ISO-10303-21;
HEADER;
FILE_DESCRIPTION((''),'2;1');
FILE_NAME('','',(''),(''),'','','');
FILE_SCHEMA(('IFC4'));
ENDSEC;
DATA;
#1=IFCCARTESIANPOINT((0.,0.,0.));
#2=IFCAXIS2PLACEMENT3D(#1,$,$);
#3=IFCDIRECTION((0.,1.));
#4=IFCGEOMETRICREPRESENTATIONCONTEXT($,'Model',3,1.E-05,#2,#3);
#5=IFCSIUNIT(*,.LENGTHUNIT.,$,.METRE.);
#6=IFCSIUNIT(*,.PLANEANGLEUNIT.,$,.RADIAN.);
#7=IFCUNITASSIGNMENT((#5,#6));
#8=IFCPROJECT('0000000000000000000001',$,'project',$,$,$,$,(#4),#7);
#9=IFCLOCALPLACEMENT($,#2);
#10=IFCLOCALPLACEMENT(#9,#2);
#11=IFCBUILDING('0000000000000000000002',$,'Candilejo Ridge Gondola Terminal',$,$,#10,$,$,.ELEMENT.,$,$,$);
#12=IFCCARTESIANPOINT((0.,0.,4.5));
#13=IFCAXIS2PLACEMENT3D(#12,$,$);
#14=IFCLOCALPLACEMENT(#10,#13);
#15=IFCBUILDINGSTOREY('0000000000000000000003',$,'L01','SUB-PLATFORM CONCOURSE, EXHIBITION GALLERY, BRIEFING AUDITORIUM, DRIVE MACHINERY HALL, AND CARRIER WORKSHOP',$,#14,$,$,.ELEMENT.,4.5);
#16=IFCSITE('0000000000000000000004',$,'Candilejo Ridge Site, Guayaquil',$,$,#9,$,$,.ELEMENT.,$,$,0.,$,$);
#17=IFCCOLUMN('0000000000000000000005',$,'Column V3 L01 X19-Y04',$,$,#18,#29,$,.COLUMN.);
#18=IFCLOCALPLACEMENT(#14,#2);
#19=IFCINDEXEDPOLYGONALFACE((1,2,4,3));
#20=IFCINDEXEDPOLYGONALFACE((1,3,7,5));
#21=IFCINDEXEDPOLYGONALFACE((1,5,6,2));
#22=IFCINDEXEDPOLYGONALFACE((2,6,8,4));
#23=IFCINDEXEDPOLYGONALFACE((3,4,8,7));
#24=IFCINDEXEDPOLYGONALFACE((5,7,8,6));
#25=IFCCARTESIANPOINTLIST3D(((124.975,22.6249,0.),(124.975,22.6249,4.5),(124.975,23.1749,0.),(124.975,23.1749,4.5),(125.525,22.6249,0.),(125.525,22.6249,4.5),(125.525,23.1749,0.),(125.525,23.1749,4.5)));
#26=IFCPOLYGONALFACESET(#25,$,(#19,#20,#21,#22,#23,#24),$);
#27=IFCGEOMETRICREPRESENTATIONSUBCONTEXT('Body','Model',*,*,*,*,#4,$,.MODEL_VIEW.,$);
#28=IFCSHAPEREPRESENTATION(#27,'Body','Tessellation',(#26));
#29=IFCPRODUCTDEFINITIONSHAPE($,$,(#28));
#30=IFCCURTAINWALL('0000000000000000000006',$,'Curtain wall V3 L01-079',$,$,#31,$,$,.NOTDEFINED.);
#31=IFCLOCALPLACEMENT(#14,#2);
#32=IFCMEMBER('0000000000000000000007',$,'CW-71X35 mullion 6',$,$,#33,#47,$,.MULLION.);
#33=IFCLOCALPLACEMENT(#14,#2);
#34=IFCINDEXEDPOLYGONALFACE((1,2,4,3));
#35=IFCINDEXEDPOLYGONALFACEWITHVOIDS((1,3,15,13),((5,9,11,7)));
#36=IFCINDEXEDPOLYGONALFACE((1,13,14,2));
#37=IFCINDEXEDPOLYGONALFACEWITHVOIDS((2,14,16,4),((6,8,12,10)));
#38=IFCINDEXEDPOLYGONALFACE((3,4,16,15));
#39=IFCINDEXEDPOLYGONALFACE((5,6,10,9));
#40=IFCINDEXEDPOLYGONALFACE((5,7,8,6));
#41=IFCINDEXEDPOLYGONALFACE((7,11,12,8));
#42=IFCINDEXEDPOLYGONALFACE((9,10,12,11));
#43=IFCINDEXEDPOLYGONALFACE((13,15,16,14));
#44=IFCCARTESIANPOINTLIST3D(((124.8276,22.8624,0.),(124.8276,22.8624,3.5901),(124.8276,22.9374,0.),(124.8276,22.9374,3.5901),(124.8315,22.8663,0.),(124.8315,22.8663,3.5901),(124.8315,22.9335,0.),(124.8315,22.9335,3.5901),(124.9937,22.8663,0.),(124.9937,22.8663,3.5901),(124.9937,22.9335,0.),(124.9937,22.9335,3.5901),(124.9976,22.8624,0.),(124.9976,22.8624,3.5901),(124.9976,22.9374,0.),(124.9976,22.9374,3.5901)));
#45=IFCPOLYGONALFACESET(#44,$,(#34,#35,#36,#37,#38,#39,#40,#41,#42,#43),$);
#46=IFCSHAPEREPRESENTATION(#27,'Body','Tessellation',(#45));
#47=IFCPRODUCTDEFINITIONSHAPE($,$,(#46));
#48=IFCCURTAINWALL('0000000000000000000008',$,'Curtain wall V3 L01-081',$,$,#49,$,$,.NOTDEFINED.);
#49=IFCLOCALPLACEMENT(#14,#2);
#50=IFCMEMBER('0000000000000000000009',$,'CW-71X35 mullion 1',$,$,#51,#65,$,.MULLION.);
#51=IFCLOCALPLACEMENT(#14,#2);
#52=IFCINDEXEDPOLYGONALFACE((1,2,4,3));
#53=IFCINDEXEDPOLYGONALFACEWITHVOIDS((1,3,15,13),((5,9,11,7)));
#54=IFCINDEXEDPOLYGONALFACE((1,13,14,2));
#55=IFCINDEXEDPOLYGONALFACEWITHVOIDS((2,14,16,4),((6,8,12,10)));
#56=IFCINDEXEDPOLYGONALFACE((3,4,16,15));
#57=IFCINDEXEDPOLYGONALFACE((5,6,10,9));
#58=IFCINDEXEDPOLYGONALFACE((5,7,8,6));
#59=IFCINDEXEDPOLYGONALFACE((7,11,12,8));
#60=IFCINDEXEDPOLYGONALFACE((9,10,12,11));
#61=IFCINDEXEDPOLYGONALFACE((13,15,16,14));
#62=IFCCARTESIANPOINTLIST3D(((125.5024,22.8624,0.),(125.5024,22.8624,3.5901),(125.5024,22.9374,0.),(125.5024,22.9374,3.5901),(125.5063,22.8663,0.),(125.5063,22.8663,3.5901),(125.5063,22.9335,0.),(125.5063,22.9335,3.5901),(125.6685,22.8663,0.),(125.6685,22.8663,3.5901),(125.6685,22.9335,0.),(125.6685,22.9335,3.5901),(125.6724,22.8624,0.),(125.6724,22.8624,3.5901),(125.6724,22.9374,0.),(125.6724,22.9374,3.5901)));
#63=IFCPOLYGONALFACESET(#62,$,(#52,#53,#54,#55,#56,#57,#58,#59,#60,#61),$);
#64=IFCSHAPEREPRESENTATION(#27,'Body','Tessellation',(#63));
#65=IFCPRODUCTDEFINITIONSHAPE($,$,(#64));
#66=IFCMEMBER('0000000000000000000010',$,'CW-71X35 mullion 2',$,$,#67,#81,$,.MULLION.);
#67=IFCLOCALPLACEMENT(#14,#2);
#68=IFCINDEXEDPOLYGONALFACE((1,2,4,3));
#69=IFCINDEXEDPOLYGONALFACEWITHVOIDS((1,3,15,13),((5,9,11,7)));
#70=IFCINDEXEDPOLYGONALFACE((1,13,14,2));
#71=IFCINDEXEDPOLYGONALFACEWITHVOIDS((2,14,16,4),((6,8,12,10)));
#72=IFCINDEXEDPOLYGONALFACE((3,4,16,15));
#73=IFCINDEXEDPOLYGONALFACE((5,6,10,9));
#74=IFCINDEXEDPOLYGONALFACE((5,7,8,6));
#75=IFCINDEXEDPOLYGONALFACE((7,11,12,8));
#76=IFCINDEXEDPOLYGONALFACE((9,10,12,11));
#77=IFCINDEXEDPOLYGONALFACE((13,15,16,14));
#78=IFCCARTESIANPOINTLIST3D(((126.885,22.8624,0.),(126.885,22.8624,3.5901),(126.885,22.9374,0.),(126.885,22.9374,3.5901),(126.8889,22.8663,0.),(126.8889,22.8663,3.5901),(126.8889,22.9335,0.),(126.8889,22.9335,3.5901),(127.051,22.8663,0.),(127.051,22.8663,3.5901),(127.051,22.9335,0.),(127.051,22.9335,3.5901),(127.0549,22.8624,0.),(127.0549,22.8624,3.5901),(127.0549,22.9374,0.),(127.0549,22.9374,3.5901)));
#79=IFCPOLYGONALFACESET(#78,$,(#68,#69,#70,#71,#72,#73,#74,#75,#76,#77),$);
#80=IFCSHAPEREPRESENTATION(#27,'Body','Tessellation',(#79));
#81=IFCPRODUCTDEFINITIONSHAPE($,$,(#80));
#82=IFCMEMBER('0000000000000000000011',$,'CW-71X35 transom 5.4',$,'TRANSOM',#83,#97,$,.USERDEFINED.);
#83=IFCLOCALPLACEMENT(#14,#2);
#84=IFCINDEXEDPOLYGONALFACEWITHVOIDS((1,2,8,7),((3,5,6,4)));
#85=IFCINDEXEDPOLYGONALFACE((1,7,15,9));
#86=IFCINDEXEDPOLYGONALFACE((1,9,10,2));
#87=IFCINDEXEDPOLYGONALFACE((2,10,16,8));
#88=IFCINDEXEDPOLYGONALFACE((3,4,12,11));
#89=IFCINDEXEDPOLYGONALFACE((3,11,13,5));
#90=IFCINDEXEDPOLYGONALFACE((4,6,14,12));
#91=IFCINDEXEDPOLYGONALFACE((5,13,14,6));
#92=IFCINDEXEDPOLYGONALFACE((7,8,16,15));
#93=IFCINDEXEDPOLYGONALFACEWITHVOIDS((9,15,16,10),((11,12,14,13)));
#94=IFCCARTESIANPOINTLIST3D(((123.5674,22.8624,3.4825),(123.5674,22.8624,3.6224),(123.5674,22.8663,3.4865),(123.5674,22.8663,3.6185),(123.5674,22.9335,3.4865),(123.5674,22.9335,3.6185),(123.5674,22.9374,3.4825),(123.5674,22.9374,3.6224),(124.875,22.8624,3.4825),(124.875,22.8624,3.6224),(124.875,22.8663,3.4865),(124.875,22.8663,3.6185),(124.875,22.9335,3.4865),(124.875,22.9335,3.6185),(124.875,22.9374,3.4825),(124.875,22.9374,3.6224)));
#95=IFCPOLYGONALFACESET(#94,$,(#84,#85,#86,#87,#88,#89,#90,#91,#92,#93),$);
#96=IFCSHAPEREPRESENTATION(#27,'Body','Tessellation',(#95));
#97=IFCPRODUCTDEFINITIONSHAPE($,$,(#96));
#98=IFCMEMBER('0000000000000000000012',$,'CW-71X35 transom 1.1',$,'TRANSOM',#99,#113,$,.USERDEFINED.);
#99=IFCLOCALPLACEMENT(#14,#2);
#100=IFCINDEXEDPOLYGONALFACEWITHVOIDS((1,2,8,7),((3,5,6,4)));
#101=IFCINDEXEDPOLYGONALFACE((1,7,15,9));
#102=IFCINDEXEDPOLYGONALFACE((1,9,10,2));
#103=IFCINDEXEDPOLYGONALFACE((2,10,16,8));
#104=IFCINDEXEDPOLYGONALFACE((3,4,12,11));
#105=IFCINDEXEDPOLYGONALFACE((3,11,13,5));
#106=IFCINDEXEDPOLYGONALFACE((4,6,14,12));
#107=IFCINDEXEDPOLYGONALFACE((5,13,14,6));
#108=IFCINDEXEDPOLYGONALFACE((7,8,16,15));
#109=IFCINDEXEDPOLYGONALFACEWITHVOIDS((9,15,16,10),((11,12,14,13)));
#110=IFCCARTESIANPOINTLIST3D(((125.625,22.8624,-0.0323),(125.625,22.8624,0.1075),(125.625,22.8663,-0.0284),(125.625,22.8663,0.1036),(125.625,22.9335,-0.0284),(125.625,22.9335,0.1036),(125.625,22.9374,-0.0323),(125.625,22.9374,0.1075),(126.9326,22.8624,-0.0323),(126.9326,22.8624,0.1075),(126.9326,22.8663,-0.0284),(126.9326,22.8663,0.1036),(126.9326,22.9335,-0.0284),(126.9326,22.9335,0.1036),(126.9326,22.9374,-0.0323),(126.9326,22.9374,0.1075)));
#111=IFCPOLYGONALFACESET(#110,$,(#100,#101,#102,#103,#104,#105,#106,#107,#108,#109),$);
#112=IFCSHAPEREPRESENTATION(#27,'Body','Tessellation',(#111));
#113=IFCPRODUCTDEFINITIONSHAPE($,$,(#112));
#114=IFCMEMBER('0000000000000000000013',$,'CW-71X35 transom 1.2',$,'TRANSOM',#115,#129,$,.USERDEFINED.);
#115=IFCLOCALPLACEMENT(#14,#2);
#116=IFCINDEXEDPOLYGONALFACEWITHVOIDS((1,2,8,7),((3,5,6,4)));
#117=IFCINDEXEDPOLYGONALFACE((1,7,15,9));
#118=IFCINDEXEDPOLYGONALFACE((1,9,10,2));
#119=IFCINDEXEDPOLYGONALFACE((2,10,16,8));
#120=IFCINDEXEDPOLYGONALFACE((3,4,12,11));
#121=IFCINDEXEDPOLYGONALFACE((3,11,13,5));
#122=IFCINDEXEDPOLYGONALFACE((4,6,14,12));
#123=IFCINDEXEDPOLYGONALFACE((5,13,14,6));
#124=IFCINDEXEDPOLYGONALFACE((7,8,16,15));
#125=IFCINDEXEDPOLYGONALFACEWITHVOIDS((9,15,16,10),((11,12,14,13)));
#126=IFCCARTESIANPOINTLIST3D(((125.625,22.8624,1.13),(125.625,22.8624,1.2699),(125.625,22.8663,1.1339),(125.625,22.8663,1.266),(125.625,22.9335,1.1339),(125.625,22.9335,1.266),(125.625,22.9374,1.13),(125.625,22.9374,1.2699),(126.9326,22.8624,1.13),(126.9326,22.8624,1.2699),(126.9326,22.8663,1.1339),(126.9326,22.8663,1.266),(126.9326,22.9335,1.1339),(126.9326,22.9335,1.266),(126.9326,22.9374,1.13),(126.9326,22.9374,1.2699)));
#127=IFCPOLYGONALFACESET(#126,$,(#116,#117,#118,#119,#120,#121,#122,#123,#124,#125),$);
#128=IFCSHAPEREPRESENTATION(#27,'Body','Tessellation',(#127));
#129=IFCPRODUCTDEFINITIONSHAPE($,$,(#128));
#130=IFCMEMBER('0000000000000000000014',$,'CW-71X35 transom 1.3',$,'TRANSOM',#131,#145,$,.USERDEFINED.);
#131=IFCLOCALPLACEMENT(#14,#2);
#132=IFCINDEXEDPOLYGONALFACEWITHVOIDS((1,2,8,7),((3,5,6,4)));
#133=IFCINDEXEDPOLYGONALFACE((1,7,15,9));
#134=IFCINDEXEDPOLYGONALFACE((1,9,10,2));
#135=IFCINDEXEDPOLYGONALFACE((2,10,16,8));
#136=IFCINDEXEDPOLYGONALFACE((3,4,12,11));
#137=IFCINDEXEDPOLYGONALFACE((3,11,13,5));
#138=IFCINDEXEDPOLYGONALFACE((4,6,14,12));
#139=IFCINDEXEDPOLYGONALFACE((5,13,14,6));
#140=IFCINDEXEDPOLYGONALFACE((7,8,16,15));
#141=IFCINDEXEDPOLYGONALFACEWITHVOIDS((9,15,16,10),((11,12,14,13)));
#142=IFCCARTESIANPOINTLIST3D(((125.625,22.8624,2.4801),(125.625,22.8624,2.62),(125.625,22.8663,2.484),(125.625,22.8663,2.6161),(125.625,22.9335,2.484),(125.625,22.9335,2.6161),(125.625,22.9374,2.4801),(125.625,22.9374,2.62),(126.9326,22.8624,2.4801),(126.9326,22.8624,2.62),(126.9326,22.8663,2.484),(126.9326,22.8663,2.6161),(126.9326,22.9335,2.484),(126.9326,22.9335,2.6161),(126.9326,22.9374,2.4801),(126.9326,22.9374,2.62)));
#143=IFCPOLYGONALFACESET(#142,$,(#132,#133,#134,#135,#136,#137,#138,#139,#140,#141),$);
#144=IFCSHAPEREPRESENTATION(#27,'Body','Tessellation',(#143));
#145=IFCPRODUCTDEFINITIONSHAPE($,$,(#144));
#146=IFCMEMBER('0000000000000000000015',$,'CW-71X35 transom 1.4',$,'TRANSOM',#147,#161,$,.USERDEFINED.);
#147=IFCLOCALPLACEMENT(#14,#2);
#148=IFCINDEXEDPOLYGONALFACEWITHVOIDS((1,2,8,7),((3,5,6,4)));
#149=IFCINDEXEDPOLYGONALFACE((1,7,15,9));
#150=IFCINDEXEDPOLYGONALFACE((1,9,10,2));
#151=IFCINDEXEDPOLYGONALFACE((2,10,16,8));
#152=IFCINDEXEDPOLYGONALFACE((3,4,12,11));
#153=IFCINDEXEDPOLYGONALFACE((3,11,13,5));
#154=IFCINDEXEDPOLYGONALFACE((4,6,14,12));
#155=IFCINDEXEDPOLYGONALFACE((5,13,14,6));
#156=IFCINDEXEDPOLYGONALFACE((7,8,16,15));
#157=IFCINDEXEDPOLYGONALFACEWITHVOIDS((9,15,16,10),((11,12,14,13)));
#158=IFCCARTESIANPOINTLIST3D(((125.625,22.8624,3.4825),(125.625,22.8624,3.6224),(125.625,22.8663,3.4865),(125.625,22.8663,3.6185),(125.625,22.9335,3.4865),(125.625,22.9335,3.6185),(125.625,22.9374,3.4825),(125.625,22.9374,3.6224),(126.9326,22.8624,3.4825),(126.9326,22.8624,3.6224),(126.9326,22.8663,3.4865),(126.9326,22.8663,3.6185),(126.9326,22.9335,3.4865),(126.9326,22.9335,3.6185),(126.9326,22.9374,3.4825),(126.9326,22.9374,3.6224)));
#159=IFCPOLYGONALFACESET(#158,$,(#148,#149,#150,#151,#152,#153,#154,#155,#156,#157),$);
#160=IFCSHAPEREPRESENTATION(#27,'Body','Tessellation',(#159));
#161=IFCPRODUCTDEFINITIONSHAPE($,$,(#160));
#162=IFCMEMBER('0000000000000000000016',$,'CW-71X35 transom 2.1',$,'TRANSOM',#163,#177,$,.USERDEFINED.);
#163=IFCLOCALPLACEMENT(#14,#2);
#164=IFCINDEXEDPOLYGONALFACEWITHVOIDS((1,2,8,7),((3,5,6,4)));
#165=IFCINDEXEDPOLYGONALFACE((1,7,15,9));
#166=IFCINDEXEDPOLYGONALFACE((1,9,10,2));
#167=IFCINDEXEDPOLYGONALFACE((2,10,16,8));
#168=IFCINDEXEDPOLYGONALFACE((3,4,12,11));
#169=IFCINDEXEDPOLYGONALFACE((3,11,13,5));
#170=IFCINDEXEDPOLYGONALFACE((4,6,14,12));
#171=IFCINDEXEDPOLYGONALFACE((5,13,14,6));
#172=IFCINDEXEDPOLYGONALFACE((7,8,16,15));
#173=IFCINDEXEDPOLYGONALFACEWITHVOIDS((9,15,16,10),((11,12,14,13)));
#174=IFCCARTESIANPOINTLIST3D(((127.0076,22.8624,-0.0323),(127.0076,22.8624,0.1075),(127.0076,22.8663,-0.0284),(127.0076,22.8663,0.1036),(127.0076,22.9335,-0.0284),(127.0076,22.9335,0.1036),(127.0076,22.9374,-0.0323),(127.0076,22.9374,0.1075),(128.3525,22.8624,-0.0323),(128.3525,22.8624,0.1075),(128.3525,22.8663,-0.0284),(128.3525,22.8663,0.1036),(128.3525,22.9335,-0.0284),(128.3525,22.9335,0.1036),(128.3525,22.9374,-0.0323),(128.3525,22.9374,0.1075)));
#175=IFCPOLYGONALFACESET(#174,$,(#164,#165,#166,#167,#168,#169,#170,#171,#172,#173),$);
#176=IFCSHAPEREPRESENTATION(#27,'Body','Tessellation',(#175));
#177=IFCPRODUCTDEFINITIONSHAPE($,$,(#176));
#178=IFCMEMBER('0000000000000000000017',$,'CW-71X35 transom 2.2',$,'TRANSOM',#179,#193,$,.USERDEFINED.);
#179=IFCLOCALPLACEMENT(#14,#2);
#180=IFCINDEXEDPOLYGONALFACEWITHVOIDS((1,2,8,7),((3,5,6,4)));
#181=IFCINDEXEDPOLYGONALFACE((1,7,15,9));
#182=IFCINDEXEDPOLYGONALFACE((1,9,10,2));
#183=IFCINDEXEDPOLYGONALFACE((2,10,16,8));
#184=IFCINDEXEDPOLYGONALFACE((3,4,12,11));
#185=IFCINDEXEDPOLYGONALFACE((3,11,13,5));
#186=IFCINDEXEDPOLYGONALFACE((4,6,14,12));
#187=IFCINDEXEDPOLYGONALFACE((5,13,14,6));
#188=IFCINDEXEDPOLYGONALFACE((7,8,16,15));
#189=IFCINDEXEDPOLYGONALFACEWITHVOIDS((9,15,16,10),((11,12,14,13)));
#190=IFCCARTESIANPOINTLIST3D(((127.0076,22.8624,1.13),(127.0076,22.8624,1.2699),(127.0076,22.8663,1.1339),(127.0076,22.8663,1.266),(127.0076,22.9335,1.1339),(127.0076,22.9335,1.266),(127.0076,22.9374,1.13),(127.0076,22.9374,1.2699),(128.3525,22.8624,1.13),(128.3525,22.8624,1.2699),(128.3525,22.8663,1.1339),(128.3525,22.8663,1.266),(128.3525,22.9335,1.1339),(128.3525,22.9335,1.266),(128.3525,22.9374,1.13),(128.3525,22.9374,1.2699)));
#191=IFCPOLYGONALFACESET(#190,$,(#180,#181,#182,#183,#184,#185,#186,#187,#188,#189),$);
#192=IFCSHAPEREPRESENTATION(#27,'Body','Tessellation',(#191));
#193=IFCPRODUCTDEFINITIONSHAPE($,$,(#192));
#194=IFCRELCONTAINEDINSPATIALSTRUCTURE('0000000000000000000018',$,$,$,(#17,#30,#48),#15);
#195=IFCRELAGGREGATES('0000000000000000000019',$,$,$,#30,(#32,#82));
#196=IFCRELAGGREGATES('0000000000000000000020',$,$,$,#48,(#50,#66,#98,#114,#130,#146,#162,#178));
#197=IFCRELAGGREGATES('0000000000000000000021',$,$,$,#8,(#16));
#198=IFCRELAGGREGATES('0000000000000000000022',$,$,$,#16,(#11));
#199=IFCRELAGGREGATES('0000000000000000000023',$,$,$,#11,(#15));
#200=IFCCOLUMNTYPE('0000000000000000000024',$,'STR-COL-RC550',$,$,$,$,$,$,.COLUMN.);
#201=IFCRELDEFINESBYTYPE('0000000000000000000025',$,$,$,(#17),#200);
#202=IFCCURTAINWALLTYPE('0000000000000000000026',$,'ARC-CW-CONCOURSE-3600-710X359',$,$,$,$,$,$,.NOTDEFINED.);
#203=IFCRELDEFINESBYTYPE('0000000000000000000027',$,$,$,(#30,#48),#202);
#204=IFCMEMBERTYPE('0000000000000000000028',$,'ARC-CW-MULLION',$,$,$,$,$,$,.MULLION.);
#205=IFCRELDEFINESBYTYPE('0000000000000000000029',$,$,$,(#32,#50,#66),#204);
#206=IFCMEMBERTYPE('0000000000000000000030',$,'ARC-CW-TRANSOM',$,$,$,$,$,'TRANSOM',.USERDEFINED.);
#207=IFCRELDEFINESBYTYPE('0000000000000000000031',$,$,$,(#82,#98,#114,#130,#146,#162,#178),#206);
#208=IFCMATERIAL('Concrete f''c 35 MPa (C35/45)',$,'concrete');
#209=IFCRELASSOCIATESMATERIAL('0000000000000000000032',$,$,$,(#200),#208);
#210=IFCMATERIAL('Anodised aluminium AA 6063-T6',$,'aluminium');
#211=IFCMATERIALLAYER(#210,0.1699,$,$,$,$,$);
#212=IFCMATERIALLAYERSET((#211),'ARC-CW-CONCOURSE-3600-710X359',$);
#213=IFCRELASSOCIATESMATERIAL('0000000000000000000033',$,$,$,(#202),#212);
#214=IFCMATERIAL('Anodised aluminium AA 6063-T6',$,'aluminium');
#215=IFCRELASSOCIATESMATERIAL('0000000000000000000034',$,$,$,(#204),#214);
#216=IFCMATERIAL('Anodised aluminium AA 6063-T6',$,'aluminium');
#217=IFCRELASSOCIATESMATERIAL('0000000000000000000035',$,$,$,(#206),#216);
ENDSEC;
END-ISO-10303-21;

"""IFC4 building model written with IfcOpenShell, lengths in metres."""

from ifc_helpers import new_model, si_unit, direction, frame, origin, origin_2d, place, context, subcontext, project, spatial, rectangle, hollow_rectangle, extrude, material, layer, layer_set, material_profile, profile_set, type_object, element, aggregate, save


model = new_model("IFC4")

# Units and contexts
model_context = context("Model", 3, precision=1e-05, world=origin(), true_north=direction((0.0, 1.0)))
body_context = subcontext(model_context, "Body", "Model", "MODEL_VIEW")
ifc_project = project(units=[si_unit("LENGTHUNIT", "METRE"), si_unit("PLANEANGLEUNIT", "RADIAN")], contexts=[model_context])

# Site, building, storey
site_placement = place(None, origin())
site = spatial("IfcSite", under=ifc_project, at=site_placement, Name="Candilejo Ridge Site, Guayaquil", CompositionType="ELEMENT", RefElevation=0.0)
building_placement = place(site_placement, origin())
building = spatial("IfcBuilding", under=site, at=building_placement, Name="Candilejo Ridge Gondola Terminal", CompositionType="ELEMENT")
storey_placement = place(building_placement, frame((0.0, 0.0, 4.5)))
storey = spatial("IfcBuildingStorey", under=building, at=storey_placement, Name="L01", Description="SUB-PLATFORM CONCOURSE, EXHIBITION GALLERY, BRIEFING AUDITORIUM, DRIVE MACHINERY HALL, AND CARRIER WORKSHOP", CompositionType="ELEMENT", Elevation=4.5)

# Column
ifc_material_1 = material(Name="Concrete f'c 35 MPa (C35/45)", Category="concrete")
ifc_material_profile_1 = material_profile(ifc_material_1, rectangle(XDim=0.55, YDim=0.55, at=origin_2d()))
ifc_profile_set_1 = profile_set([ifc_material_profile_1], Name="Concrete f'c 35 MPa (C35/45)")
column_type = type_object("IfcColumnType", Name="STR-COL-RC550", PredefinedType="COLUMN", material=ifc_profile_set_1)
column_placement = place(storey_placement, frame((125.25, 22.8999, 0.0), z_axis=(0.0, 0.0, 1.0), x_axis=(1.0, 0.0, 0.0)))
element("IfcColumn", 1, at=column_placement, inside=storey, type_object=column_type, Name="Column V3 L01 X19-Y04", PredefinedType="COLUMN", context=body_context, shape_type="SweptSolid", body=[
    extrude(rectangle(XDim=0.55, YDim=0.55, at=origin_2d()), origin(), (0.0, 0.0, 1.0), 4.5),
])

# Curtain wall, member
ifc_material_2 = material(Name="Anodised aluminium AA 6063-T6", Category="aluminium")
ifc_layer_1 = layer(ifc_material_2, 0.1699)
ifc_layer_set_1 = layer_set([ifc_layer_1], Name="ARC-CW-CONCOURSE-3600-710X359")
curtain_wall_type = type_object("IfcCurtainWallType", Name="ARC-CW-CONCOURSE-3600-710X359", PredefinedType="NOTDEFINED", material=ifc_layer_set_1)
curtain_wall_1_placement = place(storey_placement, origin())
curtain_wall_1 = element("IfcCurtainWall", 2, at=curtain_wall_1_placement, inside=storey, type_object=curtain_wall_type, Name="Curtain wall V3 L01-079", PredefinedType="NOTDEFINED")
ifc_material_3 = material(Name="Anodised aluminium AA 6063-T6", Category="aluminium")
ifc_material_profile_2 = material_profile(ifc_material_3, hollow_rectangle(XDim=0.075, YDim=0.1699, WallThickness=0.0039, at=origin_2d()))
ifc_profile_set_2 = profile_set([ifc_material_profile_2], Name="Anodised aluminium AA 6063-T6")
member_type_1 = type_object("IfcMemberType", Name="ARC-CW-MULLION", PredefinedType="MULLION", material=ifc_profile_set_2)
member_1_placement = place(storey_placement, frame((124.9126, 22.8999, 0.0), z_axis=(0.0, 0.0, 1.0), x_axis=(0.0, 1.0, 0.0)))
member_1 = element("IfcMember", 3, at=member_1_placement, type_object=member_type_1, Name="CW-71X35 mullion 6", PredefinedType="MULLION", context=body_context, shape_type="SweptSolid", body=[
    extrude(hollow_rectangle(XDim=0.075, YDim=0.1699, WallThickness=0.0039, at=origin_2d()), origin(), (0.0, 0.0, 1.0), 3.5901),
])

# Curtain wall, members
curtain_wall_2_placement = place(storey_placement, origin())
curtain_wall_2 = element("IfcCurtainWall", 4, at=curtain_wall_2_placement, inside=storey, type_object=curtain_wall_type, Name="Curtain wall V3 L01-081", PredefinedType="NOTDEFINED")
member_2_placement = place(storey_placement, frame((125.5874, 22.8999, 0.0), z_axis=(0.0, 0.0, 1.0), x_axis=(0.0, 1.0, 0.0)))
member_2 = element("IfcMember", 5, at=member_2_placement, type_object=member_type_1, Name="CW-71X35 mullion 1", PredefinedType="MULLION", context=body_context, shape_type="SweptSolid", body=[
    extrude(hollow_rectangle(XDim=0.075, YDim=0.1699, WallThickness=0.0039, at=origin_2d()), origin(), (0.0, 0.0, 1.0), 3.5901),
])
member_3_placement = place(storey_placement, frame((126.97, 22.8999, 0.0), z_axis=(0.0, 0.0, 1.0), x_axis=(0.0, 1.0, 0.0)))
member_3 = element("IfcMember", 6, at=member_3_placement, type_object=member_type_1, Name="CW-71X35 mullion 2", PredefinedType="MULLION", context=body_context, shape_type="SweptSolid", body=[
    extrude(hollow_rectangle(XDim=0.075, YDim=0.1699, WallThickness=0.0039, at=origin_2d()), origin(), (0.0, 0.0, 1.0), 3.5901),
])

# Members
ifc_material_4 = material(Name="Anodised aluminium AA 6063-T6", Category="aluminium")
ifc_material_profile_3 = material_profile(ifc_material_4, hollow_rectangle(XDim=0.075, YDim=0.1399, WallThickness=0.0039, at=origin_2d()))
ifc_profile_set_3 = profile_set([ifc_material_profile_3], Name="Anodised aluminium AA 6063-T6")
member_type_2 = type_object("IfcMemberType", Name="ARC-CW-TRANSOM", ElementType="TRANSOM", PredefinedType="USERDEFINED", material=ifc_profile_set_3)
member_4_placement = place(storey_placement, frame((123.5674, 22.8999, 3.5525), z_axis=(1.0, 0.0, 0.0), x_axis=(0.0, 1.0, 0.0)))
member_4 = element("IfcMember", 7, at=member_4_placement, type_object=member_type_2, Name="CW-71X35 transom 5.4", ObjectType="TRANSOM", PredefinedType="USERDEFINED", context=body_context, shape_type="SweptSolid", body=[
    extrude(hollow_rectangle(XDim=0.075, YDim=0.1399, WallThickness=0.0039, at=origin_2d()), origin(), (0.0, 0.0, 1.0), 1.3076),
])
member_5_placement = place(storey_placement, frame((125.625, 22.8999, 0.0376), z_axis=(1.0, 0.0, 0.0), x_axis=(0.0, 1.0, 0.0)))
member_5 = element("IfcMember", 8, at=member_5_placement, type_object=member_type_2, Name="CW-71X35 transom 1.1", ObjectType="TRANSOM", PredefinedType="USERDEFINED", context=body_context, shape_type="SweptSolid", body=[
    extrude(hollow_rectangle(XDim=0.075, YDim=0.1399, WallThickness=0.0039, at=origin_2d()), origin(), (0.0, 0.0, 1.0), 1.3076),
])
member_6_placement = place(storey_placement, frame((125.625, 22.8999, 1.2), z_axis=(1.0, 0.0, 0.0), x_axis=(0.0, 1.0, 0.0)))
member_6 = element("IfcMember", 9, at=member_6_placement, type_object=member_type_2, Name="CW-71X35 transom 1.2", ObjectType="TRANSOM", PredefinedType="USERDEFINED", context=body_context, shape_type="SweptSolid", body=[
    extrude(hollow_rectangle(XDim=0.075, YDim=0.1399, WallThickness=0.0039, at=origin_2d()), origin(), (0.0, 0.0, 1.0), 1.3076),
])
member_7_placement = place(storey_placement, frame((125.625, 22.8999, 2.55), z_axis=(1.0, 0.0, 0.0), x_axis=(0.0, 1.0, 0.0)))
member_7 = element("IfcMember", 10, at=member_7_placement, type_object=member_type_2, Name="CW-71X35 transom 1.3", ObjectType="TRANSOM", PredefinedType="USERDEFINED", context=body_context, shape_type="SweptSolid", body=[
    extrude(hollow_rectangle(XDim=0.075, YDim=0.1399, WallThickness=0.0039, at=origin_2d()), origin(), (0.0, 0.0, 1.0), 1.3076),
])
member_8_placement = place(storey_placement, frame((125.625, 22.8999, 3.5525), z_axis=(1.0, 0.0, 0.0), x_axis=(0.0, 1.0, 0.0)))
member_8 = element("IfcMember", 11, at=member_8_placement, type_object=member_type_2, Name="CW-71X35 transom 1.4", ObjectType="TRANSOM", PredefinedType="USERDEFINED", context=body_context, shape_type="SweptSolid", body=[
    extrude(hollow_rectangle(XDim=0.075, YDim=0.1399, WallThickness=0.0039, at=origin_2d()), origin(), (0.0, 0.0, 1.0), 1.3076),
])
member_9_placement = place(storey_placement, frame((127.0076, 22.8999, 0.0376), z_axis=(1.0, 0.0, 0.0), x_axis=(0.0, 1.0, 0.0)))
member_9 = element("IfcMember", 12, at=member_9_placement, type_object=member_type_2, Name="CW-71X35 transom 2.1", ObjectType="TRANSOM", PredefinedType="USERDEFINED", context=body_context, shape_type="SweptSolid", body=[
    extrude(hollow_rectangle(XDim=0.075, YDim=0.1399, WallThickness=0.0039, at=origin_2d()), origin(), (0.0, 0.0, 1.0), 1.345),
])
member_10_placement = place(storey_placement, frame((127.0076, 22.8999, 1.2), z_axis=(1.0, 0.0, 0.0), x_axis=(0.0, 1.0, 0.0)))
member_10 = element("IfcMember", 13, at=member_10_placement, type_object=member_type_2, Name="CW-71X35 transom 2.2", ObjectType="TRANSOM", PredefinedType="USERDEFINED", context=body_context, shape_type="SweptSolid", body=[
    extrude(hollow_rectangle(XDim=0.075, YDim=0.1399, WallThickness=0.0039, at=origin_2d()), origin(), (0.0, 0.0, 1.0), 1.345),
])

aggregate(curtain_wall_1, [member_1, member_4])
aggregate(curtain_wall_2, [member_2, member_3, member_5, member_6, member_7, member_8, member_9, member_10])

save(model, "model.ifc")
